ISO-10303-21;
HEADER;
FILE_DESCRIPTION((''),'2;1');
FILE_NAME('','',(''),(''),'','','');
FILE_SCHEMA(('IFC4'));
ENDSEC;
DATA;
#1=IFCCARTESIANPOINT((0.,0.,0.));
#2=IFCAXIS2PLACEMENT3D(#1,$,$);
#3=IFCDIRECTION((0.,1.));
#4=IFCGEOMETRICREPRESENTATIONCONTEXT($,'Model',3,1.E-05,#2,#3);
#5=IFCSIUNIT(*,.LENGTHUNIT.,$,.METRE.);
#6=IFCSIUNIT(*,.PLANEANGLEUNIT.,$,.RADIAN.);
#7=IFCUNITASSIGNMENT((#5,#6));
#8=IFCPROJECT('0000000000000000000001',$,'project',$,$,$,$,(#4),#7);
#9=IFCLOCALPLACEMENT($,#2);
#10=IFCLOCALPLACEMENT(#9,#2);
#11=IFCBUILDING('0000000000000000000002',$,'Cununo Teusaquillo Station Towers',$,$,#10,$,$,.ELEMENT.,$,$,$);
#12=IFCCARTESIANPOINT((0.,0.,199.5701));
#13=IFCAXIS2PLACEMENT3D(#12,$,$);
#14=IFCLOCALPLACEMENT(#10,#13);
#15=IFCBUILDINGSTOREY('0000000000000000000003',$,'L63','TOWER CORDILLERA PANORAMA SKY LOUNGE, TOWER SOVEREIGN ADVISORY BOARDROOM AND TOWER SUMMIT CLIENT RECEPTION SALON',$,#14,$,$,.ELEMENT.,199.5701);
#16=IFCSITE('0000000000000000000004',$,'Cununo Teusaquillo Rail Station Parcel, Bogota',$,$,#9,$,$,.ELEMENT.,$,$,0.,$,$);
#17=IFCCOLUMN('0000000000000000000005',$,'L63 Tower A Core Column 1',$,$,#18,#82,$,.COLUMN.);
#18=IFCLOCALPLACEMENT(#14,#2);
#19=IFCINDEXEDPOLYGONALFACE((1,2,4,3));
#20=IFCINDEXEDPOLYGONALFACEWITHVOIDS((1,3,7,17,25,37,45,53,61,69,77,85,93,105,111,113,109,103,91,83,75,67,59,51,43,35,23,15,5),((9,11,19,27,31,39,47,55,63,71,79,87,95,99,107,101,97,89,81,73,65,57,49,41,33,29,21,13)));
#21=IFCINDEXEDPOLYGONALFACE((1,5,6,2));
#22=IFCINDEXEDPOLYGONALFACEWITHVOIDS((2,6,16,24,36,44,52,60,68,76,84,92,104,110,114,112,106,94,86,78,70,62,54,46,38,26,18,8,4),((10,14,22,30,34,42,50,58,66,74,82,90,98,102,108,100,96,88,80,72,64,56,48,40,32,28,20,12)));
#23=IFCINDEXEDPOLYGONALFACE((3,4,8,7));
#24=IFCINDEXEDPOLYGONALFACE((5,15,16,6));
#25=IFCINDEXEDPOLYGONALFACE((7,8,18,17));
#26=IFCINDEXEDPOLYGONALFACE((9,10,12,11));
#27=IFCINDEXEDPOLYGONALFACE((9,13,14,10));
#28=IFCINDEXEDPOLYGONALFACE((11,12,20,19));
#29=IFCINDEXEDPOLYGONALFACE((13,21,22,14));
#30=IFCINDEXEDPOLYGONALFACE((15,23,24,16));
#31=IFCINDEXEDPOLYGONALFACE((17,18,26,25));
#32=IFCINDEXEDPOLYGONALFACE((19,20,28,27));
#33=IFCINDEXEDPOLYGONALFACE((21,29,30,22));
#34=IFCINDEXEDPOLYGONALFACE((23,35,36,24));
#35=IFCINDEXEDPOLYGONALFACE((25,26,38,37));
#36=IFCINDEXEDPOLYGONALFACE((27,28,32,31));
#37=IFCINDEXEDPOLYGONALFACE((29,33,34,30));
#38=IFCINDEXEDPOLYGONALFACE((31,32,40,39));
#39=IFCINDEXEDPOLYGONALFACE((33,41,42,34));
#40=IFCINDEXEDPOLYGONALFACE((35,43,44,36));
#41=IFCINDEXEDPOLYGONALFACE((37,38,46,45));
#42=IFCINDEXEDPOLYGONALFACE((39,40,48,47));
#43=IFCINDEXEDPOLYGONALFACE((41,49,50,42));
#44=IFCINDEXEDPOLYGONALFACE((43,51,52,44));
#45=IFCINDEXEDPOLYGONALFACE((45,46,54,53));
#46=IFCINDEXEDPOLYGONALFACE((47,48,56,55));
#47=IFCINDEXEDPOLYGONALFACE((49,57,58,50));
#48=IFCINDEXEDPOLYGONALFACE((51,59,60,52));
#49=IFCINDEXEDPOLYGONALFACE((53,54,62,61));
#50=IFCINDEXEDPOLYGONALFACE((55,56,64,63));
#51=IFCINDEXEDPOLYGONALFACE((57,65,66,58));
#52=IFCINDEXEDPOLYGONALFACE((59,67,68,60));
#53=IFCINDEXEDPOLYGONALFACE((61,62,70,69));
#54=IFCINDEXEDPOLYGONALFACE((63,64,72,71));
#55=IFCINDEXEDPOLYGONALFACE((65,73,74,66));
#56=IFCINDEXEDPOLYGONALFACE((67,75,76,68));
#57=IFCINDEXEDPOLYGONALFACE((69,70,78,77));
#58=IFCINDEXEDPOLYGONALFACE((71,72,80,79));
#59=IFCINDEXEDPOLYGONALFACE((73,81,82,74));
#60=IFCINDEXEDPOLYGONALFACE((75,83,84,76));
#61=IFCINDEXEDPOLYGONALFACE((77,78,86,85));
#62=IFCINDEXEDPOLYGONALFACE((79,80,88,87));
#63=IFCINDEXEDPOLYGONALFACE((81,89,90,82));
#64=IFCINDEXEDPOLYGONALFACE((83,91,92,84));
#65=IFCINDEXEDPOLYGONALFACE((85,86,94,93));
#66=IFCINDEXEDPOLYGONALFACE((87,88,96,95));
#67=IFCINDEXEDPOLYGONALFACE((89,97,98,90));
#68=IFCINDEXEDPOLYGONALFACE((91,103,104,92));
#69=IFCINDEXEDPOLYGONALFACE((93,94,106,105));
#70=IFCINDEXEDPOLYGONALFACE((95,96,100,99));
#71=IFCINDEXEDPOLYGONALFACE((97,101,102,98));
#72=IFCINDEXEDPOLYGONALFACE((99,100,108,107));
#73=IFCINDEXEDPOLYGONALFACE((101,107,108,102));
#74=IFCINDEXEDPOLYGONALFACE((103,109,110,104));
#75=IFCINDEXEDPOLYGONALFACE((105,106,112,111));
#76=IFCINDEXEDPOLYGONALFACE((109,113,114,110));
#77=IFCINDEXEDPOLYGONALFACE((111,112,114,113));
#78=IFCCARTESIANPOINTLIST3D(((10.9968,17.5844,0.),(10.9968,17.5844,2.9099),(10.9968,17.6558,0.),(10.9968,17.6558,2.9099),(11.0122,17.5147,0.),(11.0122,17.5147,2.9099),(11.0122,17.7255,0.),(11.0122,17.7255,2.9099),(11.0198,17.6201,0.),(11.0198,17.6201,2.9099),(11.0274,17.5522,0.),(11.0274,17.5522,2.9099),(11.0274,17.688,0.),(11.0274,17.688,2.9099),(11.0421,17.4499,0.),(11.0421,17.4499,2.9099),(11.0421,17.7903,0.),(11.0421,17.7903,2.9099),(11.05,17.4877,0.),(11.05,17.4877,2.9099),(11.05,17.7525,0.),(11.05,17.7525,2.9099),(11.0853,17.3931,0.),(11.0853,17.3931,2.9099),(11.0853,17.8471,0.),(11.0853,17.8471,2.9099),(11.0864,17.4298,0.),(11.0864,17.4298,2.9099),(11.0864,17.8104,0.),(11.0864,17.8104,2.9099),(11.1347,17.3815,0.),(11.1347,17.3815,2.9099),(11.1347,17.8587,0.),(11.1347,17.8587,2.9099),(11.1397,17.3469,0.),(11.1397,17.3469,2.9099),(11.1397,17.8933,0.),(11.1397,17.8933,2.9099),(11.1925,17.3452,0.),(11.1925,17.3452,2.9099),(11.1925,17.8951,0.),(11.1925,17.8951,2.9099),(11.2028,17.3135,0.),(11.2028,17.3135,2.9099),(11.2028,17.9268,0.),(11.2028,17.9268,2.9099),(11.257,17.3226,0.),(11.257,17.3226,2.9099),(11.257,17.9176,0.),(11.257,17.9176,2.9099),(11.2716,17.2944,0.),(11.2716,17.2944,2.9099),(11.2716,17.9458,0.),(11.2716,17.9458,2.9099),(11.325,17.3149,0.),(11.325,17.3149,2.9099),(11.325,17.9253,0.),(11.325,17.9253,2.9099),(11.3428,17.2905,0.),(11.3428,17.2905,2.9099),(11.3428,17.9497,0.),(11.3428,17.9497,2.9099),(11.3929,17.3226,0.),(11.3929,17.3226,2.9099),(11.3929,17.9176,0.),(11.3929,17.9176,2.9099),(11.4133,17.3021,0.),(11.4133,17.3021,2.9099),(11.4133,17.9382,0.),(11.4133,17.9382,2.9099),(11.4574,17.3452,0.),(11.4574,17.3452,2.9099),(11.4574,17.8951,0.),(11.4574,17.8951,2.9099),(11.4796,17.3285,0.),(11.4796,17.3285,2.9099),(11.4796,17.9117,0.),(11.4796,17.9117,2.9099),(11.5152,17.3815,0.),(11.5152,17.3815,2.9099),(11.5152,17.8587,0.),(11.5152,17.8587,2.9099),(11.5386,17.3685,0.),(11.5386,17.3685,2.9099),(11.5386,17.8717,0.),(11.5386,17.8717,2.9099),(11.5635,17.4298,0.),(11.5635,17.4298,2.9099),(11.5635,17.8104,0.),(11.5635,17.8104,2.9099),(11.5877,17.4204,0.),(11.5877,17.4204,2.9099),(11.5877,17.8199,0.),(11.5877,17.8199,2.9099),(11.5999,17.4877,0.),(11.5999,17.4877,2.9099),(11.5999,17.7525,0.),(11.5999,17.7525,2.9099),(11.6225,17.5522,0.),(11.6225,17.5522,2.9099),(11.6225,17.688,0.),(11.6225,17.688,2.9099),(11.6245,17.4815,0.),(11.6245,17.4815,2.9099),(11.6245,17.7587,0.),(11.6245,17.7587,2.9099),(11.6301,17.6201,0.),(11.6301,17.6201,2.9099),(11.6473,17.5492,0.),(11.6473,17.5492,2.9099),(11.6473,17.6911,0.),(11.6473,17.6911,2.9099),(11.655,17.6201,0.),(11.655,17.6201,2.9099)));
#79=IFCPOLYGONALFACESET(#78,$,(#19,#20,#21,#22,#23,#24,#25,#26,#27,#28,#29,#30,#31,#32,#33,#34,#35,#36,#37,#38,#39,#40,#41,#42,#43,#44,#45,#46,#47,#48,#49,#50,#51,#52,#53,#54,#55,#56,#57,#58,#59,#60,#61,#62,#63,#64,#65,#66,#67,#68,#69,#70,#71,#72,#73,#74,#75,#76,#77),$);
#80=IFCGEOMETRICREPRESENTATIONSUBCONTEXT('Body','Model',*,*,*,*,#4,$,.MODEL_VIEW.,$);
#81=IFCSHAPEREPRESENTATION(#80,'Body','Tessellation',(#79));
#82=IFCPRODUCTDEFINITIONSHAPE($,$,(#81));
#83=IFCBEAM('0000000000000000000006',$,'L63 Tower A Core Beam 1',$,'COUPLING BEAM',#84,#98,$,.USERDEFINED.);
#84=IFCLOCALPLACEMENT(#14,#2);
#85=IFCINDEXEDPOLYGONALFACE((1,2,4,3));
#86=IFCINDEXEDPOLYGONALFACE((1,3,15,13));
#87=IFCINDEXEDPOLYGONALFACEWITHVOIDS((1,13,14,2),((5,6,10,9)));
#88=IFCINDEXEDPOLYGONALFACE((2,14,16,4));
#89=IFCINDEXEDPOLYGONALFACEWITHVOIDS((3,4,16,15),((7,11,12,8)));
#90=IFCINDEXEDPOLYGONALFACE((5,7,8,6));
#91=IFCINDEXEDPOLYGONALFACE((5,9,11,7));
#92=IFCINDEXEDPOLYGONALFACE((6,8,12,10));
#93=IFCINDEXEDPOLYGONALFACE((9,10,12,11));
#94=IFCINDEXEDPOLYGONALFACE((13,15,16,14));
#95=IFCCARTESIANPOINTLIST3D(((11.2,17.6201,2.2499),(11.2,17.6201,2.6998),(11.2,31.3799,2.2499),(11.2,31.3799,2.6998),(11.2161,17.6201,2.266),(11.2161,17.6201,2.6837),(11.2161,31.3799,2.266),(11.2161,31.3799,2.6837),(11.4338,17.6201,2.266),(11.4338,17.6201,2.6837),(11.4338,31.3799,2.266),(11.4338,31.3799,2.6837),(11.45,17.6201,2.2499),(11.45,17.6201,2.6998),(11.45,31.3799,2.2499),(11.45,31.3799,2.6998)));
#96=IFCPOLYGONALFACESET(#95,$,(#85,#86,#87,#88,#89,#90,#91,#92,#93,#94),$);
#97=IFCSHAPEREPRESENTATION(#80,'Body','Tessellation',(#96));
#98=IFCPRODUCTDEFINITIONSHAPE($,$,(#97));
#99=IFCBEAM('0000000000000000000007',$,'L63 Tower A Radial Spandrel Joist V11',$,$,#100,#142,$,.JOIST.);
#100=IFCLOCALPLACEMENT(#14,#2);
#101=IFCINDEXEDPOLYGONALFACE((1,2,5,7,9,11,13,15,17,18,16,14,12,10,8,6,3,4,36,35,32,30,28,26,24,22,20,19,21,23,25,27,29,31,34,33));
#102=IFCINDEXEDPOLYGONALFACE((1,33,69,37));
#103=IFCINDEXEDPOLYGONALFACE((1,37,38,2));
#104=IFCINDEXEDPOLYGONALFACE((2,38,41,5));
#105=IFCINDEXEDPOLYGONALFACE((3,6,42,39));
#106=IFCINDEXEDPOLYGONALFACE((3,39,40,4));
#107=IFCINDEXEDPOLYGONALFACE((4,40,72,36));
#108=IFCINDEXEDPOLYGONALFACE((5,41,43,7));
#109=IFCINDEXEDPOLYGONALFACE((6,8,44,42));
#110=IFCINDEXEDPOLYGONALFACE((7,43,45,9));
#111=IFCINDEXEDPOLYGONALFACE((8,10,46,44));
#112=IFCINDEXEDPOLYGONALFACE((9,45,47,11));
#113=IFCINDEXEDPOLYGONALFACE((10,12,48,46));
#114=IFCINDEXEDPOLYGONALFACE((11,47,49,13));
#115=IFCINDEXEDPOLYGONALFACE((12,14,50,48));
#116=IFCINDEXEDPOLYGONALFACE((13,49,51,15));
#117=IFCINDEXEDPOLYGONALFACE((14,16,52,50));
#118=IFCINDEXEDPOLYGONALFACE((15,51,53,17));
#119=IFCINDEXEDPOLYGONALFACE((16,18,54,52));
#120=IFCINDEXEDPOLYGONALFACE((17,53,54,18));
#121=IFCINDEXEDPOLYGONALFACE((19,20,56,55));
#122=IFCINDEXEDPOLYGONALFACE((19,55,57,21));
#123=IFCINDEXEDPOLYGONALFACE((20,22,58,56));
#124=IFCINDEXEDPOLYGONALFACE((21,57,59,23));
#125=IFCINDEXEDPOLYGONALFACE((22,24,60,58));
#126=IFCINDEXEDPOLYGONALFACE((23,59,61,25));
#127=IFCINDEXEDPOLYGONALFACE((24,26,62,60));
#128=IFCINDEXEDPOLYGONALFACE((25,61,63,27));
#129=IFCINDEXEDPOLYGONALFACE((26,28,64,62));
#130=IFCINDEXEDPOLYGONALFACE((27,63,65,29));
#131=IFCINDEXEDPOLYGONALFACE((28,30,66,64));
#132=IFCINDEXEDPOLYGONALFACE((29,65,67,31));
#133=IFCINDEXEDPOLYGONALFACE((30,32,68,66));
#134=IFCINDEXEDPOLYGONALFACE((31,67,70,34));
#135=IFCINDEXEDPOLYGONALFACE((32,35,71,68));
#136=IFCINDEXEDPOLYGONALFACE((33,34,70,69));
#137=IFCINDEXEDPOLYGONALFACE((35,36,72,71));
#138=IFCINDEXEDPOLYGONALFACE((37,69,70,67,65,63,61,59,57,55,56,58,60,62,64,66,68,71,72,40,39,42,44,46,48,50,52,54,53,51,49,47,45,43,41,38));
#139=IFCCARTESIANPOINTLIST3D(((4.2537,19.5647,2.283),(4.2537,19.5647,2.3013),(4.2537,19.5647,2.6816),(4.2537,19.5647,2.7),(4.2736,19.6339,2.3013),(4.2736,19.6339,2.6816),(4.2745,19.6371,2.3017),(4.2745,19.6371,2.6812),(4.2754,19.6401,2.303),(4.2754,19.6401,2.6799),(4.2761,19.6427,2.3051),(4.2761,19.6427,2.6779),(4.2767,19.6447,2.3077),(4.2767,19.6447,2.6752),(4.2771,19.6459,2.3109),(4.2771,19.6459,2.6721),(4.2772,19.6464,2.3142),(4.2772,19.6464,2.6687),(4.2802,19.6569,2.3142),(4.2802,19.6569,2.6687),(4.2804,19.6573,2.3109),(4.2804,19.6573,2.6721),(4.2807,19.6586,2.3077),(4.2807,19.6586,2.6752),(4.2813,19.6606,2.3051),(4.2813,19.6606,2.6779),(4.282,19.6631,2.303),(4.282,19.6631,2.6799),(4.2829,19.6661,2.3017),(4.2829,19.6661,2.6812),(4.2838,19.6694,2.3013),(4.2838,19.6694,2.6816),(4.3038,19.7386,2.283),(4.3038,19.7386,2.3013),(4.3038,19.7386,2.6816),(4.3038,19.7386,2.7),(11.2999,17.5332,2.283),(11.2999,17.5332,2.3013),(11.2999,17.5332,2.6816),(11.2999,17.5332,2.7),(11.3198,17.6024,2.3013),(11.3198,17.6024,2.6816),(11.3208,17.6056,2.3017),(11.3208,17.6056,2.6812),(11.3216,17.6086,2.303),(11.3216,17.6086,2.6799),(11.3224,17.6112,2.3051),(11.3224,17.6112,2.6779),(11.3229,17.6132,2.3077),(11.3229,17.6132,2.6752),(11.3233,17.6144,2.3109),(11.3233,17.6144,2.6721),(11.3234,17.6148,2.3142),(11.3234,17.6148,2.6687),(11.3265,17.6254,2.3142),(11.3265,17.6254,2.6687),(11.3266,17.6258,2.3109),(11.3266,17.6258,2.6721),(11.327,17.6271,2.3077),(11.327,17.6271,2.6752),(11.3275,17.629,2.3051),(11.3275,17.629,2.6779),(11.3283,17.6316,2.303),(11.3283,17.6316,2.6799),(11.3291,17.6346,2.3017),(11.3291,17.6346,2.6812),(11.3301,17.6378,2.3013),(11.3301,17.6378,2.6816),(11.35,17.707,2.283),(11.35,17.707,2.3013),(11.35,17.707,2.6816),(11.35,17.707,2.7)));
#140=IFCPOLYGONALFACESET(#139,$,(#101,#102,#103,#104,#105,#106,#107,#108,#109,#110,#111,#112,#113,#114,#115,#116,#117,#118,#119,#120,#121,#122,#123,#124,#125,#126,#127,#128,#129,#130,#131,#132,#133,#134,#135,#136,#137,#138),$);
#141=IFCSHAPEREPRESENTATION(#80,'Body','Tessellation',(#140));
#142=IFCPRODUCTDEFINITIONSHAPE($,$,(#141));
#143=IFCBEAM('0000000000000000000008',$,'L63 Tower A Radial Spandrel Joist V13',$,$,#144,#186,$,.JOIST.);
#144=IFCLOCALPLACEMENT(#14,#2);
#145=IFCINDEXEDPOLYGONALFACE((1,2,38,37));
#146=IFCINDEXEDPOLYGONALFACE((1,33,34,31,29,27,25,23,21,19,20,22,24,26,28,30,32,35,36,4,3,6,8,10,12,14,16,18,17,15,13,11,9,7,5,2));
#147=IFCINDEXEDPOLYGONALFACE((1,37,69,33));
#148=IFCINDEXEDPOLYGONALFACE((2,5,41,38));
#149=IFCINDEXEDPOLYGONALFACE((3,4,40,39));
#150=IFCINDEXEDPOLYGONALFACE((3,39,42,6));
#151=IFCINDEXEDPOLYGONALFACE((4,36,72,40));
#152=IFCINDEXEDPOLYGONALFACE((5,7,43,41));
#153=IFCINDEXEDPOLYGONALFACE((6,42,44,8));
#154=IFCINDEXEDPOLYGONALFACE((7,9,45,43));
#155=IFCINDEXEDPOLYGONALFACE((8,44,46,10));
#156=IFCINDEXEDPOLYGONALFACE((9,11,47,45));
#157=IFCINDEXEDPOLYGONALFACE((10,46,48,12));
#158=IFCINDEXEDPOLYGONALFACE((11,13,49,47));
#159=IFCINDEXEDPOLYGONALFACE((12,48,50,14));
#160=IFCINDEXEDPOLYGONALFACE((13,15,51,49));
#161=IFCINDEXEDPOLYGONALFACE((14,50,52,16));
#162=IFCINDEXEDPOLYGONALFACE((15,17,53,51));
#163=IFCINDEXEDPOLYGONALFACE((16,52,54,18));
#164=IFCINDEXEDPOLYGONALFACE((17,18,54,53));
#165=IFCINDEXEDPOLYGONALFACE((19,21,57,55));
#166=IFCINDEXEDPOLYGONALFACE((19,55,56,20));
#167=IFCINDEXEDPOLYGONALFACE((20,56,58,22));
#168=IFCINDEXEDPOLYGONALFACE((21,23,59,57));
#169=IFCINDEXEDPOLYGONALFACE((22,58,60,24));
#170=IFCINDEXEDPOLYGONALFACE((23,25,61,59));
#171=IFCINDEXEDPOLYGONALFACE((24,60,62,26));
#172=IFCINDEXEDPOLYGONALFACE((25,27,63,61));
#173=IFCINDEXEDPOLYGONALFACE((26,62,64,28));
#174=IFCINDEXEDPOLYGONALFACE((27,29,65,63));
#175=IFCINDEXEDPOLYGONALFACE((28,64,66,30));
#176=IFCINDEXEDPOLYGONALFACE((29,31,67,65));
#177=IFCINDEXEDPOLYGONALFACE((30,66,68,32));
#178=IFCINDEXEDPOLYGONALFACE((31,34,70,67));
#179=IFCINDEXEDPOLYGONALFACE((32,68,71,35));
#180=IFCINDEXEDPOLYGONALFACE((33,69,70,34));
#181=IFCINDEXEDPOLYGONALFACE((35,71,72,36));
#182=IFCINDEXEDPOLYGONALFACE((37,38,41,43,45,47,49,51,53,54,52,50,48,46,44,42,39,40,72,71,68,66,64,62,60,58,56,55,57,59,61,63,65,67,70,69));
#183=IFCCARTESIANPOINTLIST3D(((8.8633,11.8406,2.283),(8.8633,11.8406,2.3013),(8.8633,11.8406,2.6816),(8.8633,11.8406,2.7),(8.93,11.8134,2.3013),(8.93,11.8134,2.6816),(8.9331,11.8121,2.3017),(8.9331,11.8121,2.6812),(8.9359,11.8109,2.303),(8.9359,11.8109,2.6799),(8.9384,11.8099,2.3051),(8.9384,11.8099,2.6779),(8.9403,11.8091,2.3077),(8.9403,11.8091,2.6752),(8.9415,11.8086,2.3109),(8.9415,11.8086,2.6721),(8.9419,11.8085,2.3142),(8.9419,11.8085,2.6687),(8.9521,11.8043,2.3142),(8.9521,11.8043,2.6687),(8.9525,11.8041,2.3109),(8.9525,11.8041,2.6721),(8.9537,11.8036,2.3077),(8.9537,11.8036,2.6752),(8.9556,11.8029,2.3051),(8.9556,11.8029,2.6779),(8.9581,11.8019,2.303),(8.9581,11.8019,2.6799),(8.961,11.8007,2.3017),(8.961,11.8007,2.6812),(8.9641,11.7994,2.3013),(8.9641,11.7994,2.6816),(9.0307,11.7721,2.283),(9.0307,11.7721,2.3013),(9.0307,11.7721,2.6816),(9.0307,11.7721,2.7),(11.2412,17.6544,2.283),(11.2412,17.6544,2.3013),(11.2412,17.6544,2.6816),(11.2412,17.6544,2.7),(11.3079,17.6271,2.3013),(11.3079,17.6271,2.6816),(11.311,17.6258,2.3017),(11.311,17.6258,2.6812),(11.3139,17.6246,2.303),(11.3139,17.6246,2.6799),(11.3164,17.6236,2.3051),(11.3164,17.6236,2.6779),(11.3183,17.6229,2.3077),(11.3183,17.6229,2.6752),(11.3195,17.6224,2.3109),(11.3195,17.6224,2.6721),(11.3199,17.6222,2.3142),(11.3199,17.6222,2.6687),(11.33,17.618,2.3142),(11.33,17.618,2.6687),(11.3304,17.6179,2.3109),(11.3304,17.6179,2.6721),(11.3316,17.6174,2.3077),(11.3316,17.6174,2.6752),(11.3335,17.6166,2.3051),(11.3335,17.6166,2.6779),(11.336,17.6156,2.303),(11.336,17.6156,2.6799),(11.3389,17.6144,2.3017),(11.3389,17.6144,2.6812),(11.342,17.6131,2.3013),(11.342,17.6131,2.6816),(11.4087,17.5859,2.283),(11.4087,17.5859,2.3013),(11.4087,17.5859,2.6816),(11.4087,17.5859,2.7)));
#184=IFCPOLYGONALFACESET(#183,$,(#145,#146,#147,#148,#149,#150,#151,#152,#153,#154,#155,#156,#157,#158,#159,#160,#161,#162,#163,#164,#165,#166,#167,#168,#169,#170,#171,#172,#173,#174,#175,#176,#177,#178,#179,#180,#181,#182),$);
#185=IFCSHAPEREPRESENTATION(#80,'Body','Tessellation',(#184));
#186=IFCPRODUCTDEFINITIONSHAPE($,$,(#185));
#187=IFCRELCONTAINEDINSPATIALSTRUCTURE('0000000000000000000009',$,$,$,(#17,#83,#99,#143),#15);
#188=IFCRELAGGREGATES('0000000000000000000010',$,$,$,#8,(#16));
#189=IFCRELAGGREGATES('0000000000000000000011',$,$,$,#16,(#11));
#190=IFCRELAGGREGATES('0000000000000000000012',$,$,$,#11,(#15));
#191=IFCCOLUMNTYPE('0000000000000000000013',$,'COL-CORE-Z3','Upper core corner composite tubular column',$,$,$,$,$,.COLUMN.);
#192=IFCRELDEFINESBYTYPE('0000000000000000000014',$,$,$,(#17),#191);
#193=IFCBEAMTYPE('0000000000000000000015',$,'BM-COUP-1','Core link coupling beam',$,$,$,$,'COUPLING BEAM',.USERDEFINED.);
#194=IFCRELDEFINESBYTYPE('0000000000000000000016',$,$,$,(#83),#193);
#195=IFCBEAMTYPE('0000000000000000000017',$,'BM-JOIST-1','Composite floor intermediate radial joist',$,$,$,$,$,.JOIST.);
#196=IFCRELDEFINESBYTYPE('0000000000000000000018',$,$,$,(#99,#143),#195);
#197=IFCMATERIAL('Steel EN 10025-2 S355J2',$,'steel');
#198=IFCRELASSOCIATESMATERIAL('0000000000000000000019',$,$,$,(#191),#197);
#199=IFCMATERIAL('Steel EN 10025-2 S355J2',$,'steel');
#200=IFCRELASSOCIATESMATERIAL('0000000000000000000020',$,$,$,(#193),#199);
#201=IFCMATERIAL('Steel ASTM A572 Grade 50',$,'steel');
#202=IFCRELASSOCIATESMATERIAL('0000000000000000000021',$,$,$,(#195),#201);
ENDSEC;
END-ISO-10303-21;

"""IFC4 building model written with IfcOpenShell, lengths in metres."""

from ifc_helpers import new_model, si_unit, direction, frame, origin, origin_2d, place, context, subcontext, project, spatial, hollow_rectangle, hollow_circle, i_section, extrude, material, material_profile, profile_set, type_object, element, save


model = new_model("IFC4")

# Units and contexts
model_context = context("Model", 3, precision=1e-05, world=origin(), true_north=direction((0.0, 1.0)))
body_context = subcontext(model_context, "Body", "Model", "MODEL_VIEW")
ifc_project = project(units=[si_unit("LENGTHUNIT", "METRE"), si_unit("PLANEANGLEUNIT", "RADIAN")], contexts=[model_context])

# Site, building, storey
site_placement = place(None, origin())
site = spatial("IfcSite", under=ifc_project, at=site_placement, Name="Cununo Teusaquillo Rail Station Parcel, Bogota", CompositionType="ELEMENT", RefElevation=0.0)
building_placement = place(site_placement, origin())
building = spatial("IfcBuilding", under=site, at=building_placement, Name="Cununo Teusaquillo Station Towers", CompositionType="ELEMENT")
storey_placement = place(building_placement, frame((0.0, 0.0, 199.5701)))
storey = spatial("IfcBuildingStorey", under=building, at=storey_placement, Name="L63", Description="TOWER CORDILLERA PANORAMA SKY LOUNGE, TOWER SOVEREIGN ADVISORY BOARDROOM AND TOWER SUMMIT CLIENT RECEPTION SALON", CompositionType="ELEMENT", Elevation=199.5701)

# Column
ifc_material_1 = material(Name="Steel EN 10025-2 S355J2", Category="steel")
ifc_material_profile_1 = material_profile(ifc_material_1, hollow_circle(Radius=0.3301, WallThickness=0.0249, at=origin_2d()), Name="CHS 660x25")
ifc_profile_set_1 = profile_set([ifc_material_profile_1], Name="Steel EN 10025-2 S355J2")
column_type = type_object("IfcColumnType", Name="COL-CORE-Z3", Description="Upper core corner composite tubular column", PredefinedType="COLUMN", material=ifc_profile_set_1)
column_placement = place(storey_placement, frame((11.325, 17.6201, 0.0), z_axis=(0.0, 0.0, 1.0), x_axis=(1.0, 0.0, 0.0)))
element("IfcColumn", 1, at=column_placement, inside=storey, type_object=column_type, Name="L63 Tower A Core Column 1", PredefinedType="COLUMN", context=body_context, shape_type="SweptSolid", body=[
    extrude(hollow_circle(Radius=0.3301, WallThickness=0.0249, at=origin_2d()), origin(), (0.0, 0.0, 1.0), 2.9099),
])

# Beams
ifc_material_2 = material(Name="Steel EN 10025-2 S355J2", Category="steel")
ifc_material_profile_2 = material_profile(ifc_material_2, hollow_rectangle(XDim=0.25, YDim=0.45, WallThickness=0.0161, at=origin_2d()), Name="RHS 450x250x16")
ifc_profile_set_2 = profile_set([ifc_material_profile_2], Name="Steel EN 10025-2 S355J2")
beam_type_1 = type_object("IfcBeamType", Name="BM-COUP-1", Description="Core link coupling beam", ElementType="COUPLING BEAM", PredefinedType="USERDEFINED", material=ifc_profile_set_2)
beam_1_placement = place(storey_placement, frame((11.325, 17.6201, 2.4749), z_axis=(0.0, 1.0, 0.0), x_axis=(-1.0, 0.0, 0.0)))
element("IfcBeam", 2, at=beam_1_placement, inside=storey, type_object=beam_type_1, Name="L63 Tower A Core Beam 1", ObjectType="COUPLING BEAM", PredefinedType="USERDEFINED", context=body_context, shape_type="SweptSolid", body=[
    extrude(hollow_rectangle(XDim=0.25, YDim=0.45, WallThickness=0.0161, at=origin_2d()), origin(), (0.0, 0.0, 1.0), 13.7598),
])
ifc_material_3 = material(Name="Steel ASTM A572 Grade 50", Category="steel")
ifc_material_profile_3 = material_profile(ifc_material_3, i_section(OverallWidth=0.1809, OverallDepth=0.417, WebThickness=0.011, FlangeThickness=0.0183, FilletRadius=0.0129, at=origin_2d()), Name="W16X57")
ifc_profile_set_3 = profile_set([ifc_material_profile_3], Name="Steel ASTM A572 Grade 50")
beam_type_2 = type_object("IfcBeamType", Name="BM-JOIST-1", Description="Composite floor intermediate radial joist", PredefinedType="JOIST", material=ifc_profile_set_3)
beam_2_placement = place(storey_placement, frame((11.325, 17.6201, 2.4915), z_axis=(-0.960862, 0.277029, 0.0), x_axis=(-0.277029, -0.960862, 0.0)))
element("IfcBeam", 3, at=beam_2_placement, inside=storey, type_object=beam_type_2, Name="L63 Tower A Radial Spandrel Joist V11", PredefinedType="JOIST", context=body_context, shape_type="SweptSolid", body=[
    extrude(i_section(OverallWidth=0.1809, OverallDepth=0.417, WebThickness=0.011, FlangeThickness=0.0183, FilletRadius=0.0129, at=origin_2d()), origin(), (0.0, 0.0, 1.0), 7.3333),
])
beam_3_placement = place(storey_placement, frame((11.325, 17.6201, 2.4915), z_axis=(-0.378577, -0.92557, 0.0), x_axis=(0.92557, -0.378577, 0.0)))
element("IfcBeam", 4, at=beam_3_placement, inside=storey, type_object=beam_type_2, Name="L63 Tower A Radial Spandrel Joist V13", PredefinedType="JOIST", context=body_context, shape_type="SweptSolid", body=[
    extrude(i_section(OverallWidth=0.1809, OverallDepth=0.417, WebThickness=0.011, FlangeThickness=0.0183, FilletRadius=0.0129, at=origin_2d()), origin(), (0.0, 0.0, 1.0), 6.2812),
])

save(model, "model.ifc")
